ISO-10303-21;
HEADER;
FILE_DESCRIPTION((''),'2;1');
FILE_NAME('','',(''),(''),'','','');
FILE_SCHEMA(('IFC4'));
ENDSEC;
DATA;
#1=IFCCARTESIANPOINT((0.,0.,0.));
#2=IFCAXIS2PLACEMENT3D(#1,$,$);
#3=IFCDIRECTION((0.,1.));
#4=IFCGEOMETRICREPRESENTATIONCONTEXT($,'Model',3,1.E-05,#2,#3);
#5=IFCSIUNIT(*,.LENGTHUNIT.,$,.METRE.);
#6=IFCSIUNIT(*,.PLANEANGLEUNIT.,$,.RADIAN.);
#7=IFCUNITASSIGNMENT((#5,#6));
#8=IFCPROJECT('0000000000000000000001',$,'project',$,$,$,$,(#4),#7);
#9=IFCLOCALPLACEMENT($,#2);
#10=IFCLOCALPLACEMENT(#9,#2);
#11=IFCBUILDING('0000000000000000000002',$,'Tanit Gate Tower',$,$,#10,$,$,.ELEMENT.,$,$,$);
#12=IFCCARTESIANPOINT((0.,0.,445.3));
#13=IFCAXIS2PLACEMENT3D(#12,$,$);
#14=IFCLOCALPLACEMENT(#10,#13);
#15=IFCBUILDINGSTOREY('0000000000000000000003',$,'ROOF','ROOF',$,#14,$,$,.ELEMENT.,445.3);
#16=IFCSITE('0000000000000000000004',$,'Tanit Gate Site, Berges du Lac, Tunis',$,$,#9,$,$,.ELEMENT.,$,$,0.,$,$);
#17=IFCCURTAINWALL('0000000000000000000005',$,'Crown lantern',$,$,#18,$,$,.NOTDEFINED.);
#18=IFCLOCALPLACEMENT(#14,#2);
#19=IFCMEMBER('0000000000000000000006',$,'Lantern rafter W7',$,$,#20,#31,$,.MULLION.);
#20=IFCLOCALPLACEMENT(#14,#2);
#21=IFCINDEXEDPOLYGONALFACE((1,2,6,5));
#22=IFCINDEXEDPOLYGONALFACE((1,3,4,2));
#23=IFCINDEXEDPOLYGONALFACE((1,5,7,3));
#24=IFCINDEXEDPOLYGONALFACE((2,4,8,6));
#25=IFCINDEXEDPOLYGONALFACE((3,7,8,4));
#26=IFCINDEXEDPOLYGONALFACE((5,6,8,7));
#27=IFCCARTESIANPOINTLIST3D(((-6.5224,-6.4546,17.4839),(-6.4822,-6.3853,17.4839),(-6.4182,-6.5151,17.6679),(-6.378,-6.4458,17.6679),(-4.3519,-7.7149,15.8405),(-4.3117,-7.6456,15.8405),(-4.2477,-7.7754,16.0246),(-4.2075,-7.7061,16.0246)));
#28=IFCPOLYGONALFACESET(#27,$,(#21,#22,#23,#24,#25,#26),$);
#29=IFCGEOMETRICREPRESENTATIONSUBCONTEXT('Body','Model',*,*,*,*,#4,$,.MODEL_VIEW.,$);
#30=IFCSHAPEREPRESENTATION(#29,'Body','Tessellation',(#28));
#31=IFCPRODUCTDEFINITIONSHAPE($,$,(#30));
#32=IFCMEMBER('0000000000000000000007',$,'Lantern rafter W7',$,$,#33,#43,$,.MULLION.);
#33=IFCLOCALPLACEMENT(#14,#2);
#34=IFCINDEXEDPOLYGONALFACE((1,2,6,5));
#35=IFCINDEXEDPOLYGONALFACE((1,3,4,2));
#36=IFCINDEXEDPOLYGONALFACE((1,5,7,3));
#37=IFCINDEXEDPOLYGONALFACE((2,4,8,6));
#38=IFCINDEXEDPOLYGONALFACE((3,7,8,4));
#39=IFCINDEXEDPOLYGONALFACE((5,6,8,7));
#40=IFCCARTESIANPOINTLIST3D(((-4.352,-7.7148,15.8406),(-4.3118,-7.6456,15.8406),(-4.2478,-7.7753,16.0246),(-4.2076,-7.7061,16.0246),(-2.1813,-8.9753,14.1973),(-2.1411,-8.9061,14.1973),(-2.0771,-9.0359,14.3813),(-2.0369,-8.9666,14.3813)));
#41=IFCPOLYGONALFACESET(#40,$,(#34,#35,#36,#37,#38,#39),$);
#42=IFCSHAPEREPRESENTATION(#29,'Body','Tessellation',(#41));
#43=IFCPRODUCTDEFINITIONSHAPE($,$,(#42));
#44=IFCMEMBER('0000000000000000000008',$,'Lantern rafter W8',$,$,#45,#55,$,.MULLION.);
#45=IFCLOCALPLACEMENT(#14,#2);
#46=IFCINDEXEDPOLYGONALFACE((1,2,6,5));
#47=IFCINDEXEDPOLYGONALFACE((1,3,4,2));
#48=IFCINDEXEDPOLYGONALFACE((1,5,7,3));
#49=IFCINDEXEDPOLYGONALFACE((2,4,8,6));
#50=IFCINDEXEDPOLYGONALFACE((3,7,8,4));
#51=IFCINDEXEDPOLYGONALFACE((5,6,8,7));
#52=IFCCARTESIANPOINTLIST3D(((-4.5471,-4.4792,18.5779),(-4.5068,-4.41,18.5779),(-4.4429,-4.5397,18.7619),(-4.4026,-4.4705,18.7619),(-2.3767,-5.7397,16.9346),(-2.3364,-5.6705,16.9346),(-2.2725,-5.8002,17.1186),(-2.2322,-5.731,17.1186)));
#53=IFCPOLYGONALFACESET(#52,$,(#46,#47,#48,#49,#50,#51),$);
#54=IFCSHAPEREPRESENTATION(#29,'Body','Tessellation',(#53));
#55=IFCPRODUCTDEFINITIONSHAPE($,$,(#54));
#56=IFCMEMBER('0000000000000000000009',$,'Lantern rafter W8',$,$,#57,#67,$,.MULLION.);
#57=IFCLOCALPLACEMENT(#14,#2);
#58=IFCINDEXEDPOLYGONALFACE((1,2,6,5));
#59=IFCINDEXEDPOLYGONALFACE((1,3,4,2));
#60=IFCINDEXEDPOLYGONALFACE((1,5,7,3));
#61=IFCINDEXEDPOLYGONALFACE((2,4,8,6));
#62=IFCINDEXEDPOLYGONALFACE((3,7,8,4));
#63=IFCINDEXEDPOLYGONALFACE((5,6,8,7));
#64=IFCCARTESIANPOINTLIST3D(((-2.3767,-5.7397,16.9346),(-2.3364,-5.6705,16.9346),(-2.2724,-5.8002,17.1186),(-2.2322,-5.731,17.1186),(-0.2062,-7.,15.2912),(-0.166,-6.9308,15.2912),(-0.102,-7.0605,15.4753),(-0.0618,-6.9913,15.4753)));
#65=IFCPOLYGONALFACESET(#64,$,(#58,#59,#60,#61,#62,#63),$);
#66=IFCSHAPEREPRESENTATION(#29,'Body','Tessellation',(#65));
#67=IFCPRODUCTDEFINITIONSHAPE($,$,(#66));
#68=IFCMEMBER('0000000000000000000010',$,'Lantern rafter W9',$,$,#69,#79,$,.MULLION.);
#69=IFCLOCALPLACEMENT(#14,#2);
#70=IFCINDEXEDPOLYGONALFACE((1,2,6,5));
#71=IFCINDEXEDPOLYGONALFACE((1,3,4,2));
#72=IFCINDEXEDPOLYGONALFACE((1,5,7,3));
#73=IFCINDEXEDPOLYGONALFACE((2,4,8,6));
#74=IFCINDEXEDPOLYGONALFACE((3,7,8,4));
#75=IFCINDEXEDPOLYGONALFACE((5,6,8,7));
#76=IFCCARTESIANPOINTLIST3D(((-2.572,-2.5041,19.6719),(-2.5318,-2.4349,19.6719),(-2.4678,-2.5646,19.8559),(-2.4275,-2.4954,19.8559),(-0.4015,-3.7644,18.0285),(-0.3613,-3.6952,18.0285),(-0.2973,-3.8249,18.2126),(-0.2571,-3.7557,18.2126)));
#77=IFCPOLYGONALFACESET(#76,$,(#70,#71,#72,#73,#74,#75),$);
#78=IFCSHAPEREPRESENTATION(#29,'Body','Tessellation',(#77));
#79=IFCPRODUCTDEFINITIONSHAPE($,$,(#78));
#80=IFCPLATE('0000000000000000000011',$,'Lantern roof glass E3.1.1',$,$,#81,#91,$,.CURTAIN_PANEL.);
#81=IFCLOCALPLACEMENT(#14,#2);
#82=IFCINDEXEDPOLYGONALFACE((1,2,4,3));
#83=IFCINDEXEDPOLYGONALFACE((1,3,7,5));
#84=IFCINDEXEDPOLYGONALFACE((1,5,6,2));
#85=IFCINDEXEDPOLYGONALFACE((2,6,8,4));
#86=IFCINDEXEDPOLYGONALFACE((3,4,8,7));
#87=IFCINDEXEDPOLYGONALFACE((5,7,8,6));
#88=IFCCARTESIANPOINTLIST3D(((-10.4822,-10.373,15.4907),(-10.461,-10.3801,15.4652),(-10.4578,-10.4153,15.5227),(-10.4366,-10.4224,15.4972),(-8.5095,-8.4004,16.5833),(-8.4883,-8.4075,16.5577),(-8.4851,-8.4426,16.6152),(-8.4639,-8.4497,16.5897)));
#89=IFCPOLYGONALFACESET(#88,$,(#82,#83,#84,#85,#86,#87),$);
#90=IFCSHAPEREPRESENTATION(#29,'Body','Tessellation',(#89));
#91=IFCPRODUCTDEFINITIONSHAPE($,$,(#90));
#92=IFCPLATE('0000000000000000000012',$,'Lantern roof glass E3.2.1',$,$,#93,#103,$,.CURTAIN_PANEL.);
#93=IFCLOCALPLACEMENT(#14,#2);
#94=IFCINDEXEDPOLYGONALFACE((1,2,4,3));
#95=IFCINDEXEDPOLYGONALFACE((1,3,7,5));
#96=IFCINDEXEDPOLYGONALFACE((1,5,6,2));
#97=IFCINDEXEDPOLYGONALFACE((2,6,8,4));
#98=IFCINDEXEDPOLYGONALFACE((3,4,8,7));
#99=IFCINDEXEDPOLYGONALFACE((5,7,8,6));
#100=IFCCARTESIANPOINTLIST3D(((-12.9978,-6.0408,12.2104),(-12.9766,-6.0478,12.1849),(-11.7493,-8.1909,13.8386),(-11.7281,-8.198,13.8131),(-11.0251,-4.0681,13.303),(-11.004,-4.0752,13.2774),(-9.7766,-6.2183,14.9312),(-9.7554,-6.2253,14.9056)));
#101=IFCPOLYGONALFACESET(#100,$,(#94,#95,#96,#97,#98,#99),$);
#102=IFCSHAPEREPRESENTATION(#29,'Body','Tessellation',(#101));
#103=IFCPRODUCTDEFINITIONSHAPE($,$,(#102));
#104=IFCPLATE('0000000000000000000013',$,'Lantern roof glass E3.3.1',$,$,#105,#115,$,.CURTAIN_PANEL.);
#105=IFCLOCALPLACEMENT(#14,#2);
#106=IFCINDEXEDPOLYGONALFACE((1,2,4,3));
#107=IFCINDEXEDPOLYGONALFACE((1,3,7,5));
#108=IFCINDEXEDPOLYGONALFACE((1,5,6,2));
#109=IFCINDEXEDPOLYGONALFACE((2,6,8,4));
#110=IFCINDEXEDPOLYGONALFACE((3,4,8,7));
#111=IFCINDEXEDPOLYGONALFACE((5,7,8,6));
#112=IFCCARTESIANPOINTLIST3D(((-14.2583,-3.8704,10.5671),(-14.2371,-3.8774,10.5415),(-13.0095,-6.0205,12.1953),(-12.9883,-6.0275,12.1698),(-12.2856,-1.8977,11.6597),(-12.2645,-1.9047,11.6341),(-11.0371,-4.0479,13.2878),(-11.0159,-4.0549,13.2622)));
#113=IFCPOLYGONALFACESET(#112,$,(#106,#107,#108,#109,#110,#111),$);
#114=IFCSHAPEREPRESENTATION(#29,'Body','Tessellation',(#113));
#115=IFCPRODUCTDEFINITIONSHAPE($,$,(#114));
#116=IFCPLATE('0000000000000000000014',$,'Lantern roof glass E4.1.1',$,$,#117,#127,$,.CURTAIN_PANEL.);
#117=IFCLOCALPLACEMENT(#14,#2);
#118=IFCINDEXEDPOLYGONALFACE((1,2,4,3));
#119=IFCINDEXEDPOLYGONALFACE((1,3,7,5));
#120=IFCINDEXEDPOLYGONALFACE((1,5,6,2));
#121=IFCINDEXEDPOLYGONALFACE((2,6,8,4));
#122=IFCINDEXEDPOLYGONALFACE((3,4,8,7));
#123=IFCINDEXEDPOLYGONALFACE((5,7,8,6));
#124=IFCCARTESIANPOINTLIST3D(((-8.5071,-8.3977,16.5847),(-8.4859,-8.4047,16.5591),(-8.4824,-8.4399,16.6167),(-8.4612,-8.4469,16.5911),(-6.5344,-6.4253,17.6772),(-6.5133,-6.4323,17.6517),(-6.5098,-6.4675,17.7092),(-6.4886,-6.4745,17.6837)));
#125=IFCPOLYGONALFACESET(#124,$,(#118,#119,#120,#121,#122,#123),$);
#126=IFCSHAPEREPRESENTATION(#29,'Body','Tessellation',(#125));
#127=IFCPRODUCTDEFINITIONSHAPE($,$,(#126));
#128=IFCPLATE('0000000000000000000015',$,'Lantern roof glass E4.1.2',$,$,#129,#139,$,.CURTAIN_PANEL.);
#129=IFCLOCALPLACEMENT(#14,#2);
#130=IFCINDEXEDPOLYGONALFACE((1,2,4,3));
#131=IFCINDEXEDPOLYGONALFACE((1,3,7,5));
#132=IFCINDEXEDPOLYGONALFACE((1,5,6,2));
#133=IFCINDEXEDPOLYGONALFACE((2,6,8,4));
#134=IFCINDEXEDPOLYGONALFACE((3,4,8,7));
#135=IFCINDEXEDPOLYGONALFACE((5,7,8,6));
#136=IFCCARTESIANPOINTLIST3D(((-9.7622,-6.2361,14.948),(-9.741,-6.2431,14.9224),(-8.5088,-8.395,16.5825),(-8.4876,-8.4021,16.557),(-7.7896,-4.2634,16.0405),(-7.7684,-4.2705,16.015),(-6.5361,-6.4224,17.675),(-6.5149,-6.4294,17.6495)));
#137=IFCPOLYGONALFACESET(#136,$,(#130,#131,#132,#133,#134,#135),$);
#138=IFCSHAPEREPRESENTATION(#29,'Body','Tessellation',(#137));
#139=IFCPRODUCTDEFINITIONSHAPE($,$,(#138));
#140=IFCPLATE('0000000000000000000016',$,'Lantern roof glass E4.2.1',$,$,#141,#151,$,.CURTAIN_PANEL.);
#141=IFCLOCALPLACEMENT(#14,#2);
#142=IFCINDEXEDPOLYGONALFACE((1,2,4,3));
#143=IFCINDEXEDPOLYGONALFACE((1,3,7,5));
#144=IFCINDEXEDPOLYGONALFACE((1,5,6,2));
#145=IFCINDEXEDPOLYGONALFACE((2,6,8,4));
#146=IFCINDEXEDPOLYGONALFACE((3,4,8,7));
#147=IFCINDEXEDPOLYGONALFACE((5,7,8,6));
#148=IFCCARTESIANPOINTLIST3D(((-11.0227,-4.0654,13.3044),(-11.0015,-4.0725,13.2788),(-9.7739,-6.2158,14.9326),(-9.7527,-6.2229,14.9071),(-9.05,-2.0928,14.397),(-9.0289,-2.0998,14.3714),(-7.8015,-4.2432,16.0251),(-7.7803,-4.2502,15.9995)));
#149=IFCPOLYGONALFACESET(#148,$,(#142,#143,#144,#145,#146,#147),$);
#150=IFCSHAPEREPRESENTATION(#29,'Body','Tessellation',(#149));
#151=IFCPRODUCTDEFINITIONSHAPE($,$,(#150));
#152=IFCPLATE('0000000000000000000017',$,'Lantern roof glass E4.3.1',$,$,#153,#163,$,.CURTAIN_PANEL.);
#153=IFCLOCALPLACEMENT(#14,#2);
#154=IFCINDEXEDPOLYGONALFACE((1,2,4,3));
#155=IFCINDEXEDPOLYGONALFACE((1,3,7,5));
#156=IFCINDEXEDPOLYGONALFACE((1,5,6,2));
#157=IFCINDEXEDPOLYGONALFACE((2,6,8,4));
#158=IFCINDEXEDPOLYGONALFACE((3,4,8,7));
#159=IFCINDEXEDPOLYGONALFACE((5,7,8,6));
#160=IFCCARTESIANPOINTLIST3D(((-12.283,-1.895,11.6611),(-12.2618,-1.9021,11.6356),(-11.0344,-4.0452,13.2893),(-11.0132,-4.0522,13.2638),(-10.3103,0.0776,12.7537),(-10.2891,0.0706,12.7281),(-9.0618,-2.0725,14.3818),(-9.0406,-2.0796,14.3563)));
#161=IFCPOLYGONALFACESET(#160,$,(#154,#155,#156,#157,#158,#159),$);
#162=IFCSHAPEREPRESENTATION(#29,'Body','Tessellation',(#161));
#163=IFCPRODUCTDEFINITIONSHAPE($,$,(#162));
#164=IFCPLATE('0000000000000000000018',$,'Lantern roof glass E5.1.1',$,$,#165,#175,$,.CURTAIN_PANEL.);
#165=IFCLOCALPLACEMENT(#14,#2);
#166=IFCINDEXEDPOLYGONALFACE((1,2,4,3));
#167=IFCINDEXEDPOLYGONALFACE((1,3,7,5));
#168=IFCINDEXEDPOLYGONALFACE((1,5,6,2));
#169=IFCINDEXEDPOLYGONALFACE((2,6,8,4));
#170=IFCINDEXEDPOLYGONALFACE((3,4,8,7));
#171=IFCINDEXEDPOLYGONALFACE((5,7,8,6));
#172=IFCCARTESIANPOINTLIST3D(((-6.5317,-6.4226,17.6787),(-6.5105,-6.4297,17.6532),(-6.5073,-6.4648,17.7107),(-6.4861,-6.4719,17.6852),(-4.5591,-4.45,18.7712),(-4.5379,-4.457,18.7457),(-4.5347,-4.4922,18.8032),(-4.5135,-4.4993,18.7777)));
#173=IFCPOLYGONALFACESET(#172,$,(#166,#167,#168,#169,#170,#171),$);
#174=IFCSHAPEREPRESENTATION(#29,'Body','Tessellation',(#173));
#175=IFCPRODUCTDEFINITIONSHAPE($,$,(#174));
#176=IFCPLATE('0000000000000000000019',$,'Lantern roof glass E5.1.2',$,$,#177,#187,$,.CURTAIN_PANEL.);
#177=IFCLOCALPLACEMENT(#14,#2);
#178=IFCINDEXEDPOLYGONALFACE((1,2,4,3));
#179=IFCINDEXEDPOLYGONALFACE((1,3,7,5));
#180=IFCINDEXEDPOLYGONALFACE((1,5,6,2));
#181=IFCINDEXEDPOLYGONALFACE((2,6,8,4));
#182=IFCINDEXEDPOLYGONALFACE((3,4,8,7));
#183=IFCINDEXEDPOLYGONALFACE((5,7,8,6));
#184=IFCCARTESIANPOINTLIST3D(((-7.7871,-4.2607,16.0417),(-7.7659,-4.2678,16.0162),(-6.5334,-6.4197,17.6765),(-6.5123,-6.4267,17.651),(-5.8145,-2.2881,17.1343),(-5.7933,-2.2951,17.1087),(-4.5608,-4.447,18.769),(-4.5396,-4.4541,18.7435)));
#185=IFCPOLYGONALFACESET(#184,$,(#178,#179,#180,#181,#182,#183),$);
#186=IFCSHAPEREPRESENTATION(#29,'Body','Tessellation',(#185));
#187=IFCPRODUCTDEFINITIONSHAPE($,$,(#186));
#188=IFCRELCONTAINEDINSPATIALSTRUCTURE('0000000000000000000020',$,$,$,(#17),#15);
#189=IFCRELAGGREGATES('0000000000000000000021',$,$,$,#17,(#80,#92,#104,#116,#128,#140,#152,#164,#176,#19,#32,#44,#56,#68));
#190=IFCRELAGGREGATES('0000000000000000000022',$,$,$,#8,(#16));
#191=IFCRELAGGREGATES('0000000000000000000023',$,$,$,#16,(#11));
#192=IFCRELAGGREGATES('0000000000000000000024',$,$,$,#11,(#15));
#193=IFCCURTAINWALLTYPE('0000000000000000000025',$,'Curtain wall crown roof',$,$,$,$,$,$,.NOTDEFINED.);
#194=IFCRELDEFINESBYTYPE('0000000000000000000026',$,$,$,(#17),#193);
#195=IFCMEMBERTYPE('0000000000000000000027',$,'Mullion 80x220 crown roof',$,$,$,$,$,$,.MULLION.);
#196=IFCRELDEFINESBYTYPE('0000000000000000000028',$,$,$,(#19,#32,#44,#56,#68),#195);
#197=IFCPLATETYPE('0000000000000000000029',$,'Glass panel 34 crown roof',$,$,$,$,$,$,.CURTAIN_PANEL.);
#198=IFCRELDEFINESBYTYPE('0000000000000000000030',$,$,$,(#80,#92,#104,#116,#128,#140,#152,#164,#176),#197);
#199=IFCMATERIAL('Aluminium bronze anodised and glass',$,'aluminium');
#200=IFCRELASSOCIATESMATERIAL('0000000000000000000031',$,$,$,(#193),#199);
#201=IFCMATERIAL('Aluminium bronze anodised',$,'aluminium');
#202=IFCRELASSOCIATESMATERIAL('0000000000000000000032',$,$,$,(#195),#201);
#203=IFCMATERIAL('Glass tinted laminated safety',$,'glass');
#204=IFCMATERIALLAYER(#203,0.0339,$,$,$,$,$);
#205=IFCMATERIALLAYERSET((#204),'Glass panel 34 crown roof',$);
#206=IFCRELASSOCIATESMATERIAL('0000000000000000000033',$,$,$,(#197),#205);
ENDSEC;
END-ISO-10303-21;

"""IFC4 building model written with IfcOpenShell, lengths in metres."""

from ifc_helpers import new_model, si_unit, direction, frame, origin, origin_2d, place, context, subcontext, project, spatial, polyline, rectangle, outline, extrude, material, layer, layer_set, material_profile, profile_set, type_object, element, aggregate, save


model = new_model("IFC4")

# Units and contexts
model_context = context("Model", 3, precision=1e-05, world=origin(), true_north=direction((0.0, 1.0)))
body_context = subcontext(model_context, "Body", "Model", "MODEL_VIEW")
ifc_project = project(units=[si_unit("LENGTHUNIT", "METRE"), si_unit("PLANEANGLEUNIT", "RADIAN")], contexts=[model_context])

# Site, building, storey
site_placement = place(None, origin())
site = spatial("IfcSite", under=ifc_project, at=site_placement, Name="Tanit Gate Site, Berges du Lac, Tunis", CompositionType="ELEMENT", RefElevation=0.0)
building_placement = place(site_placement, origin())
building = spatial("IfcBuilding", under=site, at=building_placement, Name="Tanit Gate Tower", CompositionType="ELEMENT")
storey_placement = place(building_placement, frame((0.0, 0.0, 445.3)))
storey = spatial("IfcBuildingStorey", under=building, at=storey_placement, Name="ROOF", Description="ROOF", CompositionType="ELEMENT", Elevation=445.3)

# Curtain wall, members, plates
ifc_material_1 = material(Name="Aluminium bronze anodised and glass", Category="aluminium")
curtain_wall_type = type_object("IfcCurtainWallType", Name="Curtain wall crown roof", PredefinedType="NOTDEFINED", material=ifc_material_1)
curtain_wall_placement = place(storey_placement, origin())
curtain_wall = element("IfcCurtainWall", 1, at=curtain_wall_placement, inside=storey, type_object=curtain_wall_type, Name="Crown lantern", PredefinedType="NOTDEFINED")
ifc_material_2 = material(Name="Aluminium bronze anodised", Category="aluminium")
ifc_material_profile = material_profile(ifc_material_2, rectangle(XDim=0.0801, YDim=0.22, at=origin_2d()), Name="80x220 bronze rafter")
ifc_profile_set = profile_set([ifc_material_profile], Name="Aluminium bronze anodised")
member_type = type_object("IfcMemberType", Name="Mullion 80x220 crown roof", PredefinedType="MULLION", material=ifc_profile_set)
member_1_placement = place(storey_placement, frame((-6.4502, -6.4502, 17.5759), z_axis=(0.723495, -0.420099, -0.547789), x_axis=(0.50214, 0.864786, 0.0)))
member_1 = element("IfcMember", 2, at=member_1_placement, type_object=member_type, Name="Lantern rafter W7", PredefinedType="MULLION", context=body_context, shape_type="SweptSolid", body=[
    extrude(rectangle(XDim=0.0801, YDim=0.22, at=origin_2d()), origin(), (0.0, 0.0, 1.0), 3.0),
])
member_2_placement = place(storey_placement, frame((-4.2798, -7.7104, 15.9326), z_axis=(0.723509, -0.420141, -0.547738), x_axis=(0.502171, 0.864769, 0.0)))
member_2 = element("IfcMember", 3, at=member_2_placement, type_object=member_type, Name="Lantern rafter W7", PredefinedType="MULLION", context=body_context, shape_type="SweptSolid", body=[
    extrude(rectangle(XDim=0.0801, YDim=0.22, at=origin_2d()), origin(), (0.0, 0.0, 1.0), 3.0002),
])
member_3_placement = place(storey_placement, frame((-4.4749, -4.4749, 18.6699), z_axis=(0.72347, -0.420166, -0.54777), x_axis=(0.502213, 0.864744, 0.0)))
member_3 = element("IfcMember", 4, at=member_3_placement, type_object=member_type, Name="Lantern rafter W8", PredefinedType="MULLION", context=body_context, shape_type="SweptSolid", body=[
    extrude(rectangle(XDim=0.0801, YDim=0.22, at=origin_2d()), origin(), (0.0, 0.0, 1.0), 3.0),
])
member_4_placement = place(storey_placement, frame((-2.3044, -5.7354, 17.0266), z_axis=(0.723495, -0.420099, -0.547789), x_axis=(0.50214, 0.864786, 0.0)))
member_4 = element("IfcMember", 5, at=member_4_placement, type_object=member_type, Name="Lantern rafter W8", PredefinedType="MULLION", context=body_context, shape_type="SweptSolid", body=[
    extrude(rectangle(XDim=0.0801, YDim=0.22, at=origin_2d()), origin(), (0.0, 0.0, 1.0), 3.0),
])
member_5_placement = place(storey_placement, frame((-2.4998, -2.4998, 19.7639), z_axis=(0.723495, -0.420099, -0.547789), x_axis=(0.50214, 0.864786, 0.0)))
member_5 = element("IfcMember", 6, at=member_5_placement, type_object=member_type, Name="Lantern rafter W9", PredefinedType="MULLION", context=body_context, shape_type="SweptSolid", body=[
    extrude(rectangle(XDim=0.0801, YDim=0.22, at=origin_2d()), origin(), (0.0, 0.0, 1.0), 3.0),
])
ifc_material_3 = material(Name="Glass tinted laminated safety", Category="glass")
ifc_layer = layer(ifc_material_3, 0.0339)
ifc_layer_set = layer_set([ifc_layer], Name="Glass panel 34 crown roof")
plate_type = type_object("IfcPlateType", Name="Glass panel 34 crown roof", PredefinedType="CURTAIN_PANEL", material=ifc_layer_set)
plate_1_placement = place(storey_placement, frame((-8.5095, -8.4004, 16.5833), z_axis=(-0.625016, 0.208371, 0.752288), x_axis=(-0.658417, -0.658417, -0.364656)))
plate_1 = element("IfcPlate", 7, at=plate_1_placement, type_object=plate_type, Name="Lantern roof glass E3.1.1", PredefinedType="CURTAIN_PANEL", context=body_context, shape_type="SweptSolid", body=[
    extrude(outline(polyline([(0.0, 0.0), (2.9961, 0.0), (2.9961, 0.0583), (0.0001, 0.0583), (0.0, 0.0)])), origin(), (0.0, 0.0, -1.0), 0.0339),
])
plate_2_placement = place(storey_placement, frame((-11.0251, -4.0681, 13.303), z_axis=(-0.624518, 0.207513, 0.752938), x_axis=(-0.658417, -0.658417, -0.364656)))
plate_2 = element("IfcPlate", 8, at=plate_2_placement, type_object=plate_type, Name="Lantern roof glass E3.2.1", PredefinedType="CURTAIN_PANEL", context=body_context, shape_type="SweptSolid", body=[
    extrude(outline(polyline([(0.0, 0.0), (2.9961, 0.0), (2.996, 2.972), (-0.0001, 2.972), (0.0, 0.0)])), origin(), (0.0, 0.0, -1.0), 0.0339),
])
plate_3_placement = place(storey_placement, frame((-12.2856, -1.8977, 11.6597), z_axis=(-0.624524, 0.207477, 0.752943), x_axis=(-0.658401, -0.658422, -0.364675)))
plate_3 = element("IfcPlate", 9, at=plate_3_placement, type_object=plate_type, Name="Lantern roof glass E3.3.1", PredefinedType="CURTAIN_PANEL", context=body_context, shape_type="SweptSolid", body=[
    extrude(outline(polyline([(0.0, 0.0), (2.9961, 0.0), (2.9958, 2.9721), (-0.0001, 2.972), (0.0, 0.0)])), origin(), (0.0, 0.0, -1.0), 0.0339),
])
plate_4_placement = place(storey_placement, frame((-6.5344, -6.4253, 17.6772), z_axis=(-0.623907, 0.206493, 0.753724), x_axis=(-0.658452, -0.658371, -0.364675)))
plate_4 = element("IfcPlate", 10, at=plate_4_placement, type_object=plate_type, Name="Lantern roof glass E4.1.1", PredefinedType="CURTAIN_PANEL", context=body_context, shape_type="SweptSolid", body=[
    extrude(outline(polyline([(0.0, 0.0), (2.9959, 0.0), (2.9958, 0.0584), (-0.0001, 0.0584), (0.0, 0.0)])), origin(), (0.0, 0.0, -1.0), 0.0339),
])
plate_5_placement = place(storey_placement, frame((-8.5088, -8.395, 16.5825), z_axis=(-0.624504, 0.20749, 0.752956), x_axis=(0.658417, 0.658417, 0.364656)))
plate_5 = element("IfcPlate", 11, at=plate_5_placement, type_object=plate_type, Name="Lantern roof glass E4.1.2", PredefinedType="CURTAIN_PANEL", context=body_context, shape_type="SweptSolid", body=[
    extrude(outline(polyline([(0.0, 0.0), (2.9961, 0.0), (2.9962, 2.9839), (0.0002, 2.9839), (0.0, 0.0)])), origin(), (0.0, 0.0, -1.0), 0.0339),
])
plate_6_placement = place(storey_placement, frame((-9.05, -2.0928, 14.397), z_axis=(-0.624516, 0.207465, 0.752953), x_axis=(-0.658401, -0.658422, -0.364675)))
plate_6 = element("IfcPlate", 12, at=plate_6_placement, type_object=plate_type, Name="Lantern roof glass E4.2.1", PredefinedType="CURTAIN_PANEL", context=body_context, shape_type="SweptSolid", body=[
    extrude(outline(polyline([(0.0, 0.0), (2.9961, 0.0), (2.996, 2.9723), (0.0001, 2.9722), (0.0, 0.0)])), origin(), (0.0, 0.0, -1.0), 0.0339),
])
plate_7_placement = place(storey_placement, frame((-10.3103, 0.0776, 12.7537), z_axis=(-0.624518, 0.207513, 0.752938), x_axis=(-0.658417, -0.658417, -0.364656)))
plate_7 = element("IfcPlate", 13, at=plate_7_placement, type_object=plate_type, Name="Lantern roof glass E4.3.1", PredefinedType="CURTAIN_PANEL", context=body_context, shape_type="SweptSolid", body=[
    extrude(outline(polyline([(0.0, 0.0), (2.9961, 0.0), (2.996, 2.972), (-0.0001, 2.972), (0.0, 0.0)])), origin(), (0.0, 0.0, -1.0), 0.0339),
])
plate_8_placement = place(storey_placement, frame((-4.5591, -4.45, 18.7712), z_axis=(-0.625016, 0.208371, 0.752288), x_axis=(-0.658417, -0.658417, -0.364656)))
plate_8 = element("IfcPlate", 14, at=plate_8_placement, type_object=plate_type, Name="Lantern roof glass E5.1.1", PredefinedType="CURTAIN_PANEL", context=body_context, shape_type="SweptSolid", body=[
    extrude(outline(polyline([(0.0, 0.0), (2.9961, 0.0), (2.9961, 0.0583), (0.0001, 0.0583), (0.0, 0.0)])), origin(), (0.0, 0.0, -1.0), 0.0339),
])
plate_9_placement = place(storey_placement, frame((-6.5334, -6.4197, 17.6765), z_axis=(-0.624509, 0.207497, 0.75295), x_axis=(0.658417, 0.658417, 0.364656)))
plate_9 = element("IfcPlate", 15, at=plate_9_placement, type_object=plate_type, Name="Lantern roof glass E5.1.2", PredefinedType="CURTAIN_PANEL", context=body_context, shape_type="SweptSolid", body=[
    extrude(outline(polyline([(0.0, 0.0), (2.9961, 0.0), (2.996, 2.9841), (-0.0001, 2.9841), (0.0, 0.0)])), origin(), (0.0, 0.0, -1.0), 0.0339),
])
aggregate(curtain_wall, [plate_1, plate_2, plate_3, plate_4, plate_5, plate_6, plate_7, plate_8, plate_9, member_1, member_2, member_3, member_4, member_5])

save(model, "model.ifc")
